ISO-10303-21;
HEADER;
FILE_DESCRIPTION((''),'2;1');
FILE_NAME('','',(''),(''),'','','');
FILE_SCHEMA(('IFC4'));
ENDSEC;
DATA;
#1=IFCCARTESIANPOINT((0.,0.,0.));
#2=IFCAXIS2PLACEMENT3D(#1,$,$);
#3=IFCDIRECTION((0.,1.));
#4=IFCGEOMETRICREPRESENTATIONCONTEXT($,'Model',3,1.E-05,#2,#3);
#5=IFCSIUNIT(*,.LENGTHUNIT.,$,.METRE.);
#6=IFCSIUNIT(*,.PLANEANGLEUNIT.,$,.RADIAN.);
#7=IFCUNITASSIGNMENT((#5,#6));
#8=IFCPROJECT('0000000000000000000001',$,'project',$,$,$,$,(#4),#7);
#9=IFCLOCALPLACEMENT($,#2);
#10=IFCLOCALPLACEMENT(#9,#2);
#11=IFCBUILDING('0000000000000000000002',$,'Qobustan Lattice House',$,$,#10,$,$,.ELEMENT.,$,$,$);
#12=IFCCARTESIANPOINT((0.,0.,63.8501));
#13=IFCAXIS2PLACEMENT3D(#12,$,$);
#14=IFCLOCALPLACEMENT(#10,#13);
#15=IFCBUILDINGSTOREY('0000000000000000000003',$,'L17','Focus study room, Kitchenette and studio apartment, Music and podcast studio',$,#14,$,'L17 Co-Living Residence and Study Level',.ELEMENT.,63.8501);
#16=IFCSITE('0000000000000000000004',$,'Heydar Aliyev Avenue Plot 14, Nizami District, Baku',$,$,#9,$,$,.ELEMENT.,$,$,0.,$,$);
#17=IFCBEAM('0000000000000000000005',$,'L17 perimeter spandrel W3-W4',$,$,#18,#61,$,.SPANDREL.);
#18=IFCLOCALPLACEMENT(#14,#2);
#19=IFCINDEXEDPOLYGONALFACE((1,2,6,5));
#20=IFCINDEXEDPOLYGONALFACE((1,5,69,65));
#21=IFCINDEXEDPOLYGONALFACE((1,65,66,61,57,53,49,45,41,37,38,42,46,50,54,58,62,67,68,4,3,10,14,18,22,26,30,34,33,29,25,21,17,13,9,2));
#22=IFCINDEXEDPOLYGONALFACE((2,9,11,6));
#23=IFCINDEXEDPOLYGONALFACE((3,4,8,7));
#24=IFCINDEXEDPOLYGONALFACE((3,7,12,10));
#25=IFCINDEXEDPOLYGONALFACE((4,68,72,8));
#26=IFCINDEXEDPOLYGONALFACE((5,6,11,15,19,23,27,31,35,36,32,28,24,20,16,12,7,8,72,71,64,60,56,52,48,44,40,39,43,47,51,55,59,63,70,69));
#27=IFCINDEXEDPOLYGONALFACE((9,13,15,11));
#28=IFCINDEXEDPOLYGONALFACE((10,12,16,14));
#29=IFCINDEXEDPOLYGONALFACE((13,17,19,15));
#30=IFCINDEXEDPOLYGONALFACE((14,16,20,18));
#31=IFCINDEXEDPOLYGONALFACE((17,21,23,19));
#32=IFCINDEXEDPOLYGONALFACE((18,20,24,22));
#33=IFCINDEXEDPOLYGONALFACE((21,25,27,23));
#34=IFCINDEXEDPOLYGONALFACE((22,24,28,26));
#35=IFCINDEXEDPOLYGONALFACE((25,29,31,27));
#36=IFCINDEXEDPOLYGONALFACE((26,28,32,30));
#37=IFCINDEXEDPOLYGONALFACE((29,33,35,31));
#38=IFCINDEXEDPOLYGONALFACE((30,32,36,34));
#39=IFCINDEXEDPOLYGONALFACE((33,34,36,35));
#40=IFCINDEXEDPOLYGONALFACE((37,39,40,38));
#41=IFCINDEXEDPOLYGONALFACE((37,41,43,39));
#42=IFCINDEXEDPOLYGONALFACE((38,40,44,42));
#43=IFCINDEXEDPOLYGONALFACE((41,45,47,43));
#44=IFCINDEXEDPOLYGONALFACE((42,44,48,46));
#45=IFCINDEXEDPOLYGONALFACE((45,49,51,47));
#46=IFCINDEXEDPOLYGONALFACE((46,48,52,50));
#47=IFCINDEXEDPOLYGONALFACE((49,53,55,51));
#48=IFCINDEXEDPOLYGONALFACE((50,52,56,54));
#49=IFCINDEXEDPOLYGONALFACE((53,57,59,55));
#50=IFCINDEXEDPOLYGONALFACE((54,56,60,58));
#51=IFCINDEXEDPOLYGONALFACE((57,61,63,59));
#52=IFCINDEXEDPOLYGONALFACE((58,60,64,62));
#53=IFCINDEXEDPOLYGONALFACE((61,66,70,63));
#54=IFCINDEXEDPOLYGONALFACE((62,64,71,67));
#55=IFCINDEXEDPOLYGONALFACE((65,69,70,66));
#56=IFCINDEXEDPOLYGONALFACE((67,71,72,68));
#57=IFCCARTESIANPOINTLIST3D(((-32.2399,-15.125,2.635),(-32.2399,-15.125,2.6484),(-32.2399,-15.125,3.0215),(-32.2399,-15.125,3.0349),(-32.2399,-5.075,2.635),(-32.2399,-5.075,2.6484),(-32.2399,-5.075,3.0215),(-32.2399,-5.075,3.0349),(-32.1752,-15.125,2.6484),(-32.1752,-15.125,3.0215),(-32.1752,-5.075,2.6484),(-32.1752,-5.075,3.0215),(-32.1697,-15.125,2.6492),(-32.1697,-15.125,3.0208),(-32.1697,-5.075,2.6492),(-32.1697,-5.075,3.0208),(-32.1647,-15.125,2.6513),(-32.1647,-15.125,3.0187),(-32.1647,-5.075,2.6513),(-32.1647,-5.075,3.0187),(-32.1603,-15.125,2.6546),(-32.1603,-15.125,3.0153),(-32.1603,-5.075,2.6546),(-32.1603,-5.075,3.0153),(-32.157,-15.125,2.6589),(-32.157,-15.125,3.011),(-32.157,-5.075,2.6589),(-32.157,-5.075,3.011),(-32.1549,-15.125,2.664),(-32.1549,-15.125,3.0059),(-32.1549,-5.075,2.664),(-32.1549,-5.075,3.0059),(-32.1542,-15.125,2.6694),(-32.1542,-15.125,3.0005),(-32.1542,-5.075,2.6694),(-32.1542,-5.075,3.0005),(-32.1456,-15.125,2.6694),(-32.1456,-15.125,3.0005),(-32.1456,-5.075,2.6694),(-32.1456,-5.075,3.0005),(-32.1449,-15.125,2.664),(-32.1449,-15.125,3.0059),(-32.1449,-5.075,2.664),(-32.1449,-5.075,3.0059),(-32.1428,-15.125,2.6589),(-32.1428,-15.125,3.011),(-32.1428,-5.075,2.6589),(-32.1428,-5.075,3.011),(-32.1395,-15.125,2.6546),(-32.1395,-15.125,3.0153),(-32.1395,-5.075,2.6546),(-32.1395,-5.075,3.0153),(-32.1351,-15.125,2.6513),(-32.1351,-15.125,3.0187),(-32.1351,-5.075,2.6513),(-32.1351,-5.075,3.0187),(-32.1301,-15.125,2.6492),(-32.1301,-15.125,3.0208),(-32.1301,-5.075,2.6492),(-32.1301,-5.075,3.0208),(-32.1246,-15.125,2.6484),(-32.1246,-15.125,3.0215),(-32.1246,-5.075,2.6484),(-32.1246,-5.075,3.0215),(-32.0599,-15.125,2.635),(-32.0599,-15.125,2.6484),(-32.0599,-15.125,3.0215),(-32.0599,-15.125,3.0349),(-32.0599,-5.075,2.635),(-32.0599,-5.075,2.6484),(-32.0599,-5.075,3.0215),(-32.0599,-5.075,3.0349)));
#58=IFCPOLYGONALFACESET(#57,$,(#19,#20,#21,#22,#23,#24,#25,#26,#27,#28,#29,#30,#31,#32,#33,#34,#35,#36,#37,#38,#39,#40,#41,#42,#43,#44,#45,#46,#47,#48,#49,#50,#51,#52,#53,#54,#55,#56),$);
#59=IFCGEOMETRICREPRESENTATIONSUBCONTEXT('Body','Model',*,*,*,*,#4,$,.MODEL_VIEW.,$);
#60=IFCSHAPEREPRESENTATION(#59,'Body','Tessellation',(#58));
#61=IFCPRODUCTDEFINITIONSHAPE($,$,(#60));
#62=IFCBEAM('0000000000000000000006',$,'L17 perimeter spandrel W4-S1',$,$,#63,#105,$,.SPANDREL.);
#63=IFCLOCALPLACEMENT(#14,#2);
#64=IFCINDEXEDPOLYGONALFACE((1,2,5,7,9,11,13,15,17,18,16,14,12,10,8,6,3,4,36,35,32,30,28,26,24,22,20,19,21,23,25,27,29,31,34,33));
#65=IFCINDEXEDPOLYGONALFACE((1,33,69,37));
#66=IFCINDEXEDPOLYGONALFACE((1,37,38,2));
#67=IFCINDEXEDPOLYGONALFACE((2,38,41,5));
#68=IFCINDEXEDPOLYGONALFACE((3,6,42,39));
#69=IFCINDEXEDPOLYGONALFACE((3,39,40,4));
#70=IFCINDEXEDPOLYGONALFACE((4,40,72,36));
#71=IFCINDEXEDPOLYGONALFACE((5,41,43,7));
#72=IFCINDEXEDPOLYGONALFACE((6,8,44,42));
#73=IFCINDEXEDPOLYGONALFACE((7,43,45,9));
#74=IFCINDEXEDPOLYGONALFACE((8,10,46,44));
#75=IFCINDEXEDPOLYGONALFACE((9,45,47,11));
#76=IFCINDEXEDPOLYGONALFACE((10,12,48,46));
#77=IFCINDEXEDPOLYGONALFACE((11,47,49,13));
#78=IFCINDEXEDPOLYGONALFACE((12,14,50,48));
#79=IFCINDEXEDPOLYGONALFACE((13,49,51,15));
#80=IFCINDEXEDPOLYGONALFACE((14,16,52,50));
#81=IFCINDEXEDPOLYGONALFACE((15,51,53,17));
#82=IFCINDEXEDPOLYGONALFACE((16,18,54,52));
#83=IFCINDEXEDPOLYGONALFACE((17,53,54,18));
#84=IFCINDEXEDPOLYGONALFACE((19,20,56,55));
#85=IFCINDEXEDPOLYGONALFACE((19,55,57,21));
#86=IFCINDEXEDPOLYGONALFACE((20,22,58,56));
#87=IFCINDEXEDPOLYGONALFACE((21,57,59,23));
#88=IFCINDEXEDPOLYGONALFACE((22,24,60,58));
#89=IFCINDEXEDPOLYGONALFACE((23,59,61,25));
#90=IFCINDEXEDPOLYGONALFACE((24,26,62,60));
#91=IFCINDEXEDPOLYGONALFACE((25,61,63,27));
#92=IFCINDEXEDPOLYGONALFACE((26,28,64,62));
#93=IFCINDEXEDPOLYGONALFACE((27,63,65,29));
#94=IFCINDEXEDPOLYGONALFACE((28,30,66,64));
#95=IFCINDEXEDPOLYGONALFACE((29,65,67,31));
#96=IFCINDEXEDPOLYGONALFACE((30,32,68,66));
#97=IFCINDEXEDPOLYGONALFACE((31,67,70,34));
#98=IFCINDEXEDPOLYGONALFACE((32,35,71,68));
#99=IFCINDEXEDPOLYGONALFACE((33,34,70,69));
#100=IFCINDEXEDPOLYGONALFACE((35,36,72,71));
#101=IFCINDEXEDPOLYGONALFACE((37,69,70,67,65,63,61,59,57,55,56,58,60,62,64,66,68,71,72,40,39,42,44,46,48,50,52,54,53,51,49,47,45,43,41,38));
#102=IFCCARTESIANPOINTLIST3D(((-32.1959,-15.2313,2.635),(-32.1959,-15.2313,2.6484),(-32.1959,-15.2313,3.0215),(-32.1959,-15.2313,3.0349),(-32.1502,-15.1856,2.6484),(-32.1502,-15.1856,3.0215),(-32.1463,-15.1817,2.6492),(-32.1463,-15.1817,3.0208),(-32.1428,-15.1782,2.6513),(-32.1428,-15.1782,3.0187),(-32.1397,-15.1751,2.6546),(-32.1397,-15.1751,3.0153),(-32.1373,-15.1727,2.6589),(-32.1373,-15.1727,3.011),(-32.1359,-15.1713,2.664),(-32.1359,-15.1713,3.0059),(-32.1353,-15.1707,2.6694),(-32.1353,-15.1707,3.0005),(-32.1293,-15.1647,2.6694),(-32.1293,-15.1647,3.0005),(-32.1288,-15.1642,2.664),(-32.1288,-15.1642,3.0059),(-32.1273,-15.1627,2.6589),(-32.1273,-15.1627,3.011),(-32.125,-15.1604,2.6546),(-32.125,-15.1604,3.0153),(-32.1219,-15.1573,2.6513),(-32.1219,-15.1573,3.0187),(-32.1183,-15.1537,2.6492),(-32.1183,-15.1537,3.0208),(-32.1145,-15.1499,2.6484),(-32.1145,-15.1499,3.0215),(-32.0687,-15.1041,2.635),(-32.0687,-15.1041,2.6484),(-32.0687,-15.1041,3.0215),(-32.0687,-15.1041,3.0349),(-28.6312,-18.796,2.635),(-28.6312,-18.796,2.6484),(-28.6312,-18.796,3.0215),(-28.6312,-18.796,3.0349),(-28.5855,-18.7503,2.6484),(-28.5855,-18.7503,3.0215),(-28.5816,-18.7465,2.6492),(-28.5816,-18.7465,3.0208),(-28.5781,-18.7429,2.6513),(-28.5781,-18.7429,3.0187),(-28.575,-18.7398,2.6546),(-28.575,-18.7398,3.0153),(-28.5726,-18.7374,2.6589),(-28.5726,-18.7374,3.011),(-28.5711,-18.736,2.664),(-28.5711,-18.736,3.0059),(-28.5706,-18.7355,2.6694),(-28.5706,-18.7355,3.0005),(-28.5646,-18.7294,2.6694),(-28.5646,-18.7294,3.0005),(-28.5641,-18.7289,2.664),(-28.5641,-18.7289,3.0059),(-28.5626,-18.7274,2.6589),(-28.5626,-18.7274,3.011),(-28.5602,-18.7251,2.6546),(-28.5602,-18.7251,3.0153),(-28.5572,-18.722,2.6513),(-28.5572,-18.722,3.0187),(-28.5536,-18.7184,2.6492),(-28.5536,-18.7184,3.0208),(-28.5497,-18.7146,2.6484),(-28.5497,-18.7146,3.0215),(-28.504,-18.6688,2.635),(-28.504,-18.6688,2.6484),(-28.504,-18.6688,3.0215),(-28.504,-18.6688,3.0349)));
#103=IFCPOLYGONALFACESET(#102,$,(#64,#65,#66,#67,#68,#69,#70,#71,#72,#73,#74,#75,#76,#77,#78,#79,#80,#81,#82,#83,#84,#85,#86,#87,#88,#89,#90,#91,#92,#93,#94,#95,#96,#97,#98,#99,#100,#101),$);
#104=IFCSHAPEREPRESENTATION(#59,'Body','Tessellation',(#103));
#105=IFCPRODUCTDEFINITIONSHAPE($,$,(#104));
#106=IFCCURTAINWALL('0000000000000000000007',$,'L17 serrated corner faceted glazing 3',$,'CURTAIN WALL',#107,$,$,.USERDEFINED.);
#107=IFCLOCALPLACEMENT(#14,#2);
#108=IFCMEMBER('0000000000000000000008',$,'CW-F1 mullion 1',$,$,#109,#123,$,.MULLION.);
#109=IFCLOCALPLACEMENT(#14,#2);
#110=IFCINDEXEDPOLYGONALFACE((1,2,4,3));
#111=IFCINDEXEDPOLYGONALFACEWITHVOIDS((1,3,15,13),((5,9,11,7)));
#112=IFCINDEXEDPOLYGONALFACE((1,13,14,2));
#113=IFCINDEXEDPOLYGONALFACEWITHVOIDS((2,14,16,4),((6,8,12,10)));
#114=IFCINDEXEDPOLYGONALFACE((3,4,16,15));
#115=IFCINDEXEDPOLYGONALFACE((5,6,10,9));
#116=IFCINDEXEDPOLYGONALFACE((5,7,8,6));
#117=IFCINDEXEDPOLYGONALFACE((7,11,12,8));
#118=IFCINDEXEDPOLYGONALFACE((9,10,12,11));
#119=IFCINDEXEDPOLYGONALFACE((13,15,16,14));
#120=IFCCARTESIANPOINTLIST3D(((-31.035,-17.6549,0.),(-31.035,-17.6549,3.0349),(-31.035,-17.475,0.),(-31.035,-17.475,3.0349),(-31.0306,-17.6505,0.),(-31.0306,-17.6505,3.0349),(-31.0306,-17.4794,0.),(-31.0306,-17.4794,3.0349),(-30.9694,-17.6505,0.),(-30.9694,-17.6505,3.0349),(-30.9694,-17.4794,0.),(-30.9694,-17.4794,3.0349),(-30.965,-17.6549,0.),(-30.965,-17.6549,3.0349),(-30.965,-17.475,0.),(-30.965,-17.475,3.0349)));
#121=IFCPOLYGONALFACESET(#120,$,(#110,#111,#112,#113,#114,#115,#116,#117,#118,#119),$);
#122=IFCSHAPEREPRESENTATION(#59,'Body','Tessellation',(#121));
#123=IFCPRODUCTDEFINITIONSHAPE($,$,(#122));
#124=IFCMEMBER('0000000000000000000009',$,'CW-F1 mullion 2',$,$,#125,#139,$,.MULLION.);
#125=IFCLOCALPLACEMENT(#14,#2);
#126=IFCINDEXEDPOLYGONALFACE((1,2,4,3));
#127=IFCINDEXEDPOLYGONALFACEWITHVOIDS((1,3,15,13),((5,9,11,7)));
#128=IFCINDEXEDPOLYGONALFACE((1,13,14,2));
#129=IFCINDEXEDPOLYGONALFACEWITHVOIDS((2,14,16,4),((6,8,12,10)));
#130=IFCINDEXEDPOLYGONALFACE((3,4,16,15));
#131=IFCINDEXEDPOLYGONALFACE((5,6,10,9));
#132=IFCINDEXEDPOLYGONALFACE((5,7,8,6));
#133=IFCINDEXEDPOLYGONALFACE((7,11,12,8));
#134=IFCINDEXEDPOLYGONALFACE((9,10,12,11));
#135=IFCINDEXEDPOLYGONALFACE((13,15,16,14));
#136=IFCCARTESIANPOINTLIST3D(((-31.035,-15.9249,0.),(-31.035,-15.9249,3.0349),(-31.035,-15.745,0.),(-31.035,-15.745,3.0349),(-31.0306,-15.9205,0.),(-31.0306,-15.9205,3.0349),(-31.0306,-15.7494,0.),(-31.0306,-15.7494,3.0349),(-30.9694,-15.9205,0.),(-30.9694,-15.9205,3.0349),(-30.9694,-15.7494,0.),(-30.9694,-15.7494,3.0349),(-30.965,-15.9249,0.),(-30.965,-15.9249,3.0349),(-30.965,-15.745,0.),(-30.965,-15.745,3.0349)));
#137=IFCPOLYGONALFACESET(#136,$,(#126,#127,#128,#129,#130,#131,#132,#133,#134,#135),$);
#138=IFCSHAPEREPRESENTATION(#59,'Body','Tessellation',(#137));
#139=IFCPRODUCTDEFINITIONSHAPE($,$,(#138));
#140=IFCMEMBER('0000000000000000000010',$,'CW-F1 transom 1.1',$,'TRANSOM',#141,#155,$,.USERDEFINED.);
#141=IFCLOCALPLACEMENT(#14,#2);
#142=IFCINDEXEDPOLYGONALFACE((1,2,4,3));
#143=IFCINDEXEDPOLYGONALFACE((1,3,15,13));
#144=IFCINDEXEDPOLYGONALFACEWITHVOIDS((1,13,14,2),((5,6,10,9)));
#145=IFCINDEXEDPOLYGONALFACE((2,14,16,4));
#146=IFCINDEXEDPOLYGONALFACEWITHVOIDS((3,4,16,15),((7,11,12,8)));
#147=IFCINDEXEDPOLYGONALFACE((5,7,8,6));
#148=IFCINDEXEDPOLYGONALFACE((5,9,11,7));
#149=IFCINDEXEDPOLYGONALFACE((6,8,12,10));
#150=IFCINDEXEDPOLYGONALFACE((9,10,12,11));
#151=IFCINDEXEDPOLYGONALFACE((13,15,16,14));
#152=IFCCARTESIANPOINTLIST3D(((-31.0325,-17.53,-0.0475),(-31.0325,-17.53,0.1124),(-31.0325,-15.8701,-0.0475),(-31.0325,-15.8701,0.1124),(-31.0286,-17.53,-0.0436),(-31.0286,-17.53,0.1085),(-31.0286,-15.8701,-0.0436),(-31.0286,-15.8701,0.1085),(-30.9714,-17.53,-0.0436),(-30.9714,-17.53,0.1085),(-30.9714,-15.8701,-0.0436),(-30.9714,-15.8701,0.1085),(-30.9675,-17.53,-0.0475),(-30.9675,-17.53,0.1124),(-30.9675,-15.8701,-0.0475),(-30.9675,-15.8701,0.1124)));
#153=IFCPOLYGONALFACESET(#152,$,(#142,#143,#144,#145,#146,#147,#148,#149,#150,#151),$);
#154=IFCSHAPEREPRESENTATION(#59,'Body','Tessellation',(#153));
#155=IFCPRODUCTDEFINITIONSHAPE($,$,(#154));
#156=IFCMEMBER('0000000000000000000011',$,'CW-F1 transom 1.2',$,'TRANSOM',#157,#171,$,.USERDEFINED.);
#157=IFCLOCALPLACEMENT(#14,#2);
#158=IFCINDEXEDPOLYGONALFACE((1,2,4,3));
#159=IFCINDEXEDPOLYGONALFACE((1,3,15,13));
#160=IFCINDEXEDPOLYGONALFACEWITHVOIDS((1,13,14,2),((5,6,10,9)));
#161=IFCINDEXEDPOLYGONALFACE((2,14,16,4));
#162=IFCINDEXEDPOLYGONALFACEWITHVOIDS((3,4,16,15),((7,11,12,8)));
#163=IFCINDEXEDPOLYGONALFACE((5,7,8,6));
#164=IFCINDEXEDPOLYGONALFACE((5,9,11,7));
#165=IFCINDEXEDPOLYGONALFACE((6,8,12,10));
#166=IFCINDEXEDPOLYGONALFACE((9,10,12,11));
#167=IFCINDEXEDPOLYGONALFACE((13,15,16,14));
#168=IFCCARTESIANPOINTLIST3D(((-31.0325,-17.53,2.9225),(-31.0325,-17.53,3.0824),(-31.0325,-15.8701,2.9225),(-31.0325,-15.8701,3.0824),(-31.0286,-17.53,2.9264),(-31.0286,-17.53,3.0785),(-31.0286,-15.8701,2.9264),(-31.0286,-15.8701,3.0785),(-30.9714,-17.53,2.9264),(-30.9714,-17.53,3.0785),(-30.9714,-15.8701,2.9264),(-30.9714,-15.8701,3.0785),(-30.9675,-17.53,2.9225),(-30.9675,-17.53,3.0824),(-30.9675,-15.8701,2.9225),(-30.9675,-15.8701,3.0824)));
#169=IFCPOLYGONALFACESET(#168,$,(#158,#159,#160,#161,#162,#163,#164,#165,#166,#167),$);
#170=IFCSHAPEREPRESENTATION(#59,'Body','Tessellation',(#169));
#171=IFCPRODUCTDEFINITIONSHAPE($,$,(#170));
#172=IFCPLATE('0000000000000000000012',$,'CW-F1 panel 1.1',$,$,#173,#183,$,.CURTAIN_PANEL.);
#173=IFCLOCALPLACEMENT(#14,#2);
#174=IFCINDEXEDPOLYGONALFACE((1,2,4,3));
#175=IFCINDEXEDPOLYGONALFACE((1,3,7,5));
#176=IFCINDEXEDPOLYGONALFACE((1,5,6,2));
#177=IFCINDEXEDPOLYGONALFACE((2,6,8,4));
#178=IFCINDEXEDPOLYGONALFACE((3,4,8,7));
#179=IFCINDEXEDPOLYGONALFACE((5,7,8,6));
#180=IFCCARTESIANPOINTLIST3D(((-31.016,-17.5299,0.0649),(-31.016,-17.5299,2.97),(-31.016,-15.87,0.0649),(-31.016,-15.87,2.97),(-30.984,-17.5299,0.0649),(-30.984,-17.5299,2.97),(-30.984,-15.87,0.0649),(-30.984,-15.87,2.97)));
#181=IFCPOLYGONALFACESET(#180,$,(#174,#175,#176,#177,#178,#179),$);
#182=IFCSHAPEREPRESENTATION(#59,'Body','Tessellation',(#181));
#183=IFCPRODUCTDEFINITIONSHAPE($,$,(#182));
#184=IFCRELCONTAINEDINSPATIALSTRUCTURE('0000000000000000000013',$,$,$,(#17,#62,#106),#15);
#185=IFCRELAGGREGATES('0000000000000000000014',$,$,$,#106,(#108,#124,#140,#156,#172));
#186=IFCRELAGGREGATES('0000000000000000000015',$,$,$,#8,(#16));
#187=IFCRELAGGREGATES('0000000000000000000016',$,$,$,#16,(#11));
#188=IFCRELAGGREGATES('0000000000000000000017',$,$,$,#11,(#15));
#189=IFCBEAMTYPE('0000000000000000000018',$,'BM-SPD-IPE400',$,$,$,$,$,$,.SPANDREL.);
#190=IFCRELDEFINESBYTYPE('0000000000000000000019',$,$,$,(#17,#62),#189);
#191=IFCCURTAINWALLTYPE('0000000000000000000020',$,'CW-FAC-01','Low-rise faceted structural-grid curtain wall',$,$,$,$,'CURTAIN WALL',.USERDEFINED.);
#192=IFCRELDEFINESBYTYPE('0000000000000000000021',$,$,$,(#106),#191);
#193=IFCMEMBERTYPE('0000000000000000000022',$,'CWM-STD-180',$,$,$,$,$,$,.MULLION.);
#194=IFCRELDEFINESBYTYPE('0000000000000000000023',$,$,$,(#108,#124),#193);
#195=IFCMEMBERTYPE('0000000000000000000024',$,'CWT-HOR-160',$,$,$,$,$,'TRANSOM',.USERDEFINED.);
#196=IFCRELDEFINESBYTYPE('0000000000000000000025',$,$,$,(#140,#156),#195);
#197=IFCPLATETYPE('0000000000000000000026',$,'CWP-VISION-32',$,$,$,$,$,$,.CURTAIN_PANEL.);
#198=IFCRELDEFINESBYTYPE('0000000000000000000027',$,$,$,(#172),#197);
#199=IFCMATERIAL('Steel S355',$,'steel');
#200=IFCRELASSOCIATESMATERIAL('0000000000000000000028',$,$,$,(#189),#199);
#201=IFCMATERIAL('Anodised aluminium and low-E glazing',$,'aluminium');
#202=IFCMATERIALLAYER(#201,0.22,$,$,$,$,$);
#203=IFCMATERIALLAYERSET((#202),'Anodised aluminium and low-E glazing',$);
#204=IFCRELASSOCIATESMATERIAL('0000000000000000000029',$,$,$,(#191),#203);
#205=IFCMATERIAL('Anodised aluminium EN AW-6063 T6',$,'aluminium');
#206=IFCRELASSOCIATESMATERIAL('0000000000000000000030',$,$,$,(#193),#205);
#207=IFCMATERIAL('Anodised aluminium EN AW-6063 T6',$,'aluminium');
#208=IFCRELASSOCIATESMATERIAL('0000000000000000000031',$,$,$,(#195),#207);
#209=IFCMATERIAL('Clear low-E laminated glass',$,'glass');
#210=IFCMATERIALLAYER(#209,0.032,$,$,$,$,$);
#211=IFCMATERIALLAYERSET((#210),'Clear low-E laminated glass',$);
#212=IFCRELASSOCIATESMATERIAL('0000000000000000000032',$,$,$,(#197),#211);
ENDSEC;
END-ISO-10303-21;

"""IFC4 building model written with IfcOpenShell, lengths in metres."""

from ifc_helpers import new_model, si_unit, direction, frame, origin, origin_2d, place, context, subcontext, project, spatial, rectangle, hollow_rectangle, i_section, extrude, material, layer, layer_set, material_profile, profile_set, type_object, element, aggregate, save


model = new_model("IFC4")

# Units and contexts
model_context = context("Model", 3, precision=1e-05, world=origin(), true_north=direction((0.0, 1.0)))
body_context = subcontext(model_context, "Body", "Model", "MODEL_VIEW")
ifc_project = project(units=[si_unit("LENGTHUNIT", "METRE"), si_unit("PLANEANGLEUNIT", "RADIAN")], contexts=[model_context])

# Site, building, storey
site_placement = place(None, origin())
site = spatial("IfcSite", under=ifc_project, at=site_placement, Name="Heydar Aliyev Avenue Plot 14, Nizami District, Baku", CompositionType="ELEMENT", RefElevation=0.0)
building_placement = place(site_placement, origin())
building = spatial("IfcBuilding", under=site, at=building_placement, Name="Qobustan Lattice House", CompositionType="ELEMENT")
storey_placement = place(building_placement, frame((0.0, 0.0, 63.8501)))
storey = spatial("IfcBuildingStorey", under=building, at=storey_placement, Name="L17", Description="Focus study room, Kitchenette and studio apartment, Music and podcast studio", LongName="L17 Co-Living Residence and Study Level", CompositionType="ELEMENT", Elevation=63.8501)

# Beams
ifc_material_1 = material(Name="Steel S355", Category="steel")
ifc_material_profile_1 = material_profile(ifc_material_1, i_section(OverallWidth=0.1799, OverallDepth=0.3999, WebThickness=0.0085, FlangeThickness=0.0134, FilletRadius=0.021, at=origin_2d()), Name="IPE400")
ifc_profile_set_1 = profile_set([ifc_material_profile_1], Name="Steel S355")
beam_type_1 = type_object("IfcBeamType", Name="BM-SPD-IPE400", PredefinedType="SPANDREL", material=ifc_profile_set_1)
beam_1_placement = place(storey_placement, frame((-32.1499, -5.075, 2.835), z_axis=(0.0, -1.0, 0.0), x_axis=(1.0, 0.0, 0.0)))
element("IfcBeam", 1, at=beam_1_placement, inside=storey, type_object=beam_type_1, Name="L17 perimeter spandrel W3-W4", PredefinedType="SPANDREL", context=body_context, shape_type="SweptSolid", body=[
    extrude(i_section(OverallWidth=0.1799, OverallDepth=0.3999, WebThickness=0.0085, FlangeThickness=0.0134, FilletRadius=0.021, at=origin_2d()), origin(), (0.0, 0.0, 1.0), 10.05),
])
beam_2_placement = place(storey_placement, frame((-32.1323, -15.1677, 2.835), z_axis=(0.707107, -0.707107, 0.0), x_axis=(0.707107, 0.707107, 0.0)))
element("IfcBeam", 2, at=beam_2_placement, inside=storey, type_object=beam_type_1, Name="L17 perimeter spandrel W4-S1", PredefinedType="SPANDREL", context=body_context, shape_type="SweptSolid", body=[
    extrude(i_section(OverallWidth=0.1799, OverallDepth=0.3999, WebThickness=0.0085, FlangeThickness=0.0134, FilletRadius=0.021, at=origin_2d()), origin(), (0.0, 0.0, 1.0), 5.0413),
])

# Curtain wall, members, plate
ifc_material_2 = material(Name="Anodised aluminium and low-E glazing", Category="aluminium")
ifc_layer_1 = layer(ifc_material_2, 0.22)
ifc_layer_set_1 = layer_set([ifc_layer_1], Name="Anodised aluminium and low-E glazing")
curtain_wall_type = type_object("IfcCurtainWallType", Name="CW-FAC-01", Description="Low-rise faceted structural-grid curtain wall", ElementType="CURTAIN WALL", PredefinedType="USERDEFINED", material=ifc_layer_set_1)
curtain_wall_placement = place(storey_placement, origin())
curtain_wall = element("IfcCurtainWall", 3, at=curtain_wall_placement, inside=storey, type_object=curtain_wall_type, Name="L17 serrated corner faceted glazing 3", ObjectType="CURTAIN WALL", PredefinedType="USERDEFINED")
ifc_material_3 = material(Name="Anodised aluminium EN AW-6063 T6", Category="aluminium")
ifc_material_profile_2 = material_profile(ifc_material_3, hollow_rectangle(XDim=0.0701, YDim=0.1799, WallThickness=0.0044, at=origin_2d()), Name="CWM-180x70")
ifc_profile_set_2 = profile_set([ifc_material_profile_2], Name="Anodised aluminium EN AW-6063 T6")
member_type_1 = type_object("IfcMemberType", Name="CWM-STD-180", PredefinedType="MULLION", material=ifc_profile_set_2)
member_1_placement = place(storey_placement, frame((-31.0, -17.5649, 0.0), z_axis=(0.0, 0.0, 1.0), x_axis=(-1.0, 0.0, 0.0)))
member_1 = element("IfcMember", 4, at=member_1_placement, type_object=member_type_1, Name="CW-F1 mullion 1", PredefinedType="MULLION", context=body_context, shape_type="SweptSolid", body=[
    extrude(hollow_rectangle(XDim=0.0701, YDim=0.1799, WallThickness=0.0044, at=origin_2d()), origin(), (0.0, 0.0, 1.0), 3.0349),
])
member_2_placement = place(storey_placement, frame((-31.0, -15.835, 0.0), z_axis=(0.0, 0.0, 1.0), x_axis=(-1.0, 0.0, 0.0)))
member_2 = element("IfcMember", 5, at=member_2_placement, type_object=member_type_1, Name="CW-F1 mullion 2", PredefinedType="MULLION", context=body_context, shape_type="SweptSolid", body=[
    extrude(hollow_rectangle(XDim=0.0701, YDim=0.1799, WallThickness=0.0044, at=origin_2d()), origin(), (0.0, 0.0, 1.0), 3.0349),
])
ifc_material_4 = material(Name="Anodised aluminium EN AW-6063 T6", Category="aluminium")
ifc_material_profile_3 = material_profile(ifc_material_4, hollow_rectangle(XDim=0.0649, YDim=0.1599, WallThickness=0.0039, at=origin_2d()), Name="CWT-160x65")
ifc_profile_set_3 = profile_set([ifc_material_profile_3], Name="Anodised aluminium EN AW-6063 T6")
member_type_2 = type_object("IfcMemberType", Name="CWT-HOR-160", ElementType="TRANSOM", PredefinedType="USERDEFINED", material=ifc_profile_set_3)
member_3_placement = place(storey_placement, frame((-31.0, -17.53, 0.0325), z_axis=(0.0, 1.0, 0.0), x_axis=(-1.0, 0.0, 0.0)))
member_3 = element("IfcMember", 6, at=member_3_placement, type_object=member_type_2, Name="CW-F1 transom 1.1", ObjectType="TRANSOM", PredefinedType="USERDEFINED", context=body_context, shape_type="SweptSolid", body=[
    extrude(hollow_rectangle(XDim=0.0649, YDim=0.1599, WallThickness=0.0039, at=origin_2d()), origin(), (0.0, 0.0, 1.0), 1.6599),
])
member_4_placement = place(storey_placement, frame((-31.0, -17.53, 3.0024), z_axis=(0.0, 1.0, 0.0), x_axis=(-1.0, 0.0, 0.0)))
member_4 = element("IfcMember", 7, at=member_4_placement, type_object=member_type_2, Name="CW-F1 transom 1.2", ObjectType="TRANSOM", PredefinedType="USERDEFINED", context=body_context, shape_type="SweptSolid", body=[
    extrude(hollow_rectangle(XDim=0.0649, YDim=0.1599, WallThickness=0.0039, at=origin_2d()), origin(), (0.0, 0.0, 1.0), 1.6599),
])
ifc_material_5 = material(Name="Clear low-E laminated glass", Category="glass")
ifc_layer_2 = layer(ifc_material_5, 0.032)
ifc_layer_set_2 = layer_set([ifc_layer_2], Name="Clear low-E laminated glass")
plate_type_1 = type_object("IfcPlateType", Name="CWP-VISION-32", PredefinedType="CURTAIN_PANEL", material=ifc_layer_set_2)
plate_1_placement = place(storey_placement, frame((-31.0, -16.7, 0.0649), z_axis=(0.0, 0.0, 1.0), x_axis=(0.0, 1.0, 0.0)))
plate_1 = element("IfcPlate", 8, at=plate_1_placement, type_object=plate_type_1, Name="CW-F1 panel 1.1", PredefinedType="CURTAIN_PANEL", context=body_context, shape_type="SweptSolid", body=[
    extrude(rectangle(XDim=1.6599, YDim=0.032, at=origin_2d()), origin(), (0.0, 0.0, 1.0), 2.905),
])
aggregate(curtain_wall, [member_1, member_2, member_3, member_4, plate_1])

save(model, "model.ifc")
